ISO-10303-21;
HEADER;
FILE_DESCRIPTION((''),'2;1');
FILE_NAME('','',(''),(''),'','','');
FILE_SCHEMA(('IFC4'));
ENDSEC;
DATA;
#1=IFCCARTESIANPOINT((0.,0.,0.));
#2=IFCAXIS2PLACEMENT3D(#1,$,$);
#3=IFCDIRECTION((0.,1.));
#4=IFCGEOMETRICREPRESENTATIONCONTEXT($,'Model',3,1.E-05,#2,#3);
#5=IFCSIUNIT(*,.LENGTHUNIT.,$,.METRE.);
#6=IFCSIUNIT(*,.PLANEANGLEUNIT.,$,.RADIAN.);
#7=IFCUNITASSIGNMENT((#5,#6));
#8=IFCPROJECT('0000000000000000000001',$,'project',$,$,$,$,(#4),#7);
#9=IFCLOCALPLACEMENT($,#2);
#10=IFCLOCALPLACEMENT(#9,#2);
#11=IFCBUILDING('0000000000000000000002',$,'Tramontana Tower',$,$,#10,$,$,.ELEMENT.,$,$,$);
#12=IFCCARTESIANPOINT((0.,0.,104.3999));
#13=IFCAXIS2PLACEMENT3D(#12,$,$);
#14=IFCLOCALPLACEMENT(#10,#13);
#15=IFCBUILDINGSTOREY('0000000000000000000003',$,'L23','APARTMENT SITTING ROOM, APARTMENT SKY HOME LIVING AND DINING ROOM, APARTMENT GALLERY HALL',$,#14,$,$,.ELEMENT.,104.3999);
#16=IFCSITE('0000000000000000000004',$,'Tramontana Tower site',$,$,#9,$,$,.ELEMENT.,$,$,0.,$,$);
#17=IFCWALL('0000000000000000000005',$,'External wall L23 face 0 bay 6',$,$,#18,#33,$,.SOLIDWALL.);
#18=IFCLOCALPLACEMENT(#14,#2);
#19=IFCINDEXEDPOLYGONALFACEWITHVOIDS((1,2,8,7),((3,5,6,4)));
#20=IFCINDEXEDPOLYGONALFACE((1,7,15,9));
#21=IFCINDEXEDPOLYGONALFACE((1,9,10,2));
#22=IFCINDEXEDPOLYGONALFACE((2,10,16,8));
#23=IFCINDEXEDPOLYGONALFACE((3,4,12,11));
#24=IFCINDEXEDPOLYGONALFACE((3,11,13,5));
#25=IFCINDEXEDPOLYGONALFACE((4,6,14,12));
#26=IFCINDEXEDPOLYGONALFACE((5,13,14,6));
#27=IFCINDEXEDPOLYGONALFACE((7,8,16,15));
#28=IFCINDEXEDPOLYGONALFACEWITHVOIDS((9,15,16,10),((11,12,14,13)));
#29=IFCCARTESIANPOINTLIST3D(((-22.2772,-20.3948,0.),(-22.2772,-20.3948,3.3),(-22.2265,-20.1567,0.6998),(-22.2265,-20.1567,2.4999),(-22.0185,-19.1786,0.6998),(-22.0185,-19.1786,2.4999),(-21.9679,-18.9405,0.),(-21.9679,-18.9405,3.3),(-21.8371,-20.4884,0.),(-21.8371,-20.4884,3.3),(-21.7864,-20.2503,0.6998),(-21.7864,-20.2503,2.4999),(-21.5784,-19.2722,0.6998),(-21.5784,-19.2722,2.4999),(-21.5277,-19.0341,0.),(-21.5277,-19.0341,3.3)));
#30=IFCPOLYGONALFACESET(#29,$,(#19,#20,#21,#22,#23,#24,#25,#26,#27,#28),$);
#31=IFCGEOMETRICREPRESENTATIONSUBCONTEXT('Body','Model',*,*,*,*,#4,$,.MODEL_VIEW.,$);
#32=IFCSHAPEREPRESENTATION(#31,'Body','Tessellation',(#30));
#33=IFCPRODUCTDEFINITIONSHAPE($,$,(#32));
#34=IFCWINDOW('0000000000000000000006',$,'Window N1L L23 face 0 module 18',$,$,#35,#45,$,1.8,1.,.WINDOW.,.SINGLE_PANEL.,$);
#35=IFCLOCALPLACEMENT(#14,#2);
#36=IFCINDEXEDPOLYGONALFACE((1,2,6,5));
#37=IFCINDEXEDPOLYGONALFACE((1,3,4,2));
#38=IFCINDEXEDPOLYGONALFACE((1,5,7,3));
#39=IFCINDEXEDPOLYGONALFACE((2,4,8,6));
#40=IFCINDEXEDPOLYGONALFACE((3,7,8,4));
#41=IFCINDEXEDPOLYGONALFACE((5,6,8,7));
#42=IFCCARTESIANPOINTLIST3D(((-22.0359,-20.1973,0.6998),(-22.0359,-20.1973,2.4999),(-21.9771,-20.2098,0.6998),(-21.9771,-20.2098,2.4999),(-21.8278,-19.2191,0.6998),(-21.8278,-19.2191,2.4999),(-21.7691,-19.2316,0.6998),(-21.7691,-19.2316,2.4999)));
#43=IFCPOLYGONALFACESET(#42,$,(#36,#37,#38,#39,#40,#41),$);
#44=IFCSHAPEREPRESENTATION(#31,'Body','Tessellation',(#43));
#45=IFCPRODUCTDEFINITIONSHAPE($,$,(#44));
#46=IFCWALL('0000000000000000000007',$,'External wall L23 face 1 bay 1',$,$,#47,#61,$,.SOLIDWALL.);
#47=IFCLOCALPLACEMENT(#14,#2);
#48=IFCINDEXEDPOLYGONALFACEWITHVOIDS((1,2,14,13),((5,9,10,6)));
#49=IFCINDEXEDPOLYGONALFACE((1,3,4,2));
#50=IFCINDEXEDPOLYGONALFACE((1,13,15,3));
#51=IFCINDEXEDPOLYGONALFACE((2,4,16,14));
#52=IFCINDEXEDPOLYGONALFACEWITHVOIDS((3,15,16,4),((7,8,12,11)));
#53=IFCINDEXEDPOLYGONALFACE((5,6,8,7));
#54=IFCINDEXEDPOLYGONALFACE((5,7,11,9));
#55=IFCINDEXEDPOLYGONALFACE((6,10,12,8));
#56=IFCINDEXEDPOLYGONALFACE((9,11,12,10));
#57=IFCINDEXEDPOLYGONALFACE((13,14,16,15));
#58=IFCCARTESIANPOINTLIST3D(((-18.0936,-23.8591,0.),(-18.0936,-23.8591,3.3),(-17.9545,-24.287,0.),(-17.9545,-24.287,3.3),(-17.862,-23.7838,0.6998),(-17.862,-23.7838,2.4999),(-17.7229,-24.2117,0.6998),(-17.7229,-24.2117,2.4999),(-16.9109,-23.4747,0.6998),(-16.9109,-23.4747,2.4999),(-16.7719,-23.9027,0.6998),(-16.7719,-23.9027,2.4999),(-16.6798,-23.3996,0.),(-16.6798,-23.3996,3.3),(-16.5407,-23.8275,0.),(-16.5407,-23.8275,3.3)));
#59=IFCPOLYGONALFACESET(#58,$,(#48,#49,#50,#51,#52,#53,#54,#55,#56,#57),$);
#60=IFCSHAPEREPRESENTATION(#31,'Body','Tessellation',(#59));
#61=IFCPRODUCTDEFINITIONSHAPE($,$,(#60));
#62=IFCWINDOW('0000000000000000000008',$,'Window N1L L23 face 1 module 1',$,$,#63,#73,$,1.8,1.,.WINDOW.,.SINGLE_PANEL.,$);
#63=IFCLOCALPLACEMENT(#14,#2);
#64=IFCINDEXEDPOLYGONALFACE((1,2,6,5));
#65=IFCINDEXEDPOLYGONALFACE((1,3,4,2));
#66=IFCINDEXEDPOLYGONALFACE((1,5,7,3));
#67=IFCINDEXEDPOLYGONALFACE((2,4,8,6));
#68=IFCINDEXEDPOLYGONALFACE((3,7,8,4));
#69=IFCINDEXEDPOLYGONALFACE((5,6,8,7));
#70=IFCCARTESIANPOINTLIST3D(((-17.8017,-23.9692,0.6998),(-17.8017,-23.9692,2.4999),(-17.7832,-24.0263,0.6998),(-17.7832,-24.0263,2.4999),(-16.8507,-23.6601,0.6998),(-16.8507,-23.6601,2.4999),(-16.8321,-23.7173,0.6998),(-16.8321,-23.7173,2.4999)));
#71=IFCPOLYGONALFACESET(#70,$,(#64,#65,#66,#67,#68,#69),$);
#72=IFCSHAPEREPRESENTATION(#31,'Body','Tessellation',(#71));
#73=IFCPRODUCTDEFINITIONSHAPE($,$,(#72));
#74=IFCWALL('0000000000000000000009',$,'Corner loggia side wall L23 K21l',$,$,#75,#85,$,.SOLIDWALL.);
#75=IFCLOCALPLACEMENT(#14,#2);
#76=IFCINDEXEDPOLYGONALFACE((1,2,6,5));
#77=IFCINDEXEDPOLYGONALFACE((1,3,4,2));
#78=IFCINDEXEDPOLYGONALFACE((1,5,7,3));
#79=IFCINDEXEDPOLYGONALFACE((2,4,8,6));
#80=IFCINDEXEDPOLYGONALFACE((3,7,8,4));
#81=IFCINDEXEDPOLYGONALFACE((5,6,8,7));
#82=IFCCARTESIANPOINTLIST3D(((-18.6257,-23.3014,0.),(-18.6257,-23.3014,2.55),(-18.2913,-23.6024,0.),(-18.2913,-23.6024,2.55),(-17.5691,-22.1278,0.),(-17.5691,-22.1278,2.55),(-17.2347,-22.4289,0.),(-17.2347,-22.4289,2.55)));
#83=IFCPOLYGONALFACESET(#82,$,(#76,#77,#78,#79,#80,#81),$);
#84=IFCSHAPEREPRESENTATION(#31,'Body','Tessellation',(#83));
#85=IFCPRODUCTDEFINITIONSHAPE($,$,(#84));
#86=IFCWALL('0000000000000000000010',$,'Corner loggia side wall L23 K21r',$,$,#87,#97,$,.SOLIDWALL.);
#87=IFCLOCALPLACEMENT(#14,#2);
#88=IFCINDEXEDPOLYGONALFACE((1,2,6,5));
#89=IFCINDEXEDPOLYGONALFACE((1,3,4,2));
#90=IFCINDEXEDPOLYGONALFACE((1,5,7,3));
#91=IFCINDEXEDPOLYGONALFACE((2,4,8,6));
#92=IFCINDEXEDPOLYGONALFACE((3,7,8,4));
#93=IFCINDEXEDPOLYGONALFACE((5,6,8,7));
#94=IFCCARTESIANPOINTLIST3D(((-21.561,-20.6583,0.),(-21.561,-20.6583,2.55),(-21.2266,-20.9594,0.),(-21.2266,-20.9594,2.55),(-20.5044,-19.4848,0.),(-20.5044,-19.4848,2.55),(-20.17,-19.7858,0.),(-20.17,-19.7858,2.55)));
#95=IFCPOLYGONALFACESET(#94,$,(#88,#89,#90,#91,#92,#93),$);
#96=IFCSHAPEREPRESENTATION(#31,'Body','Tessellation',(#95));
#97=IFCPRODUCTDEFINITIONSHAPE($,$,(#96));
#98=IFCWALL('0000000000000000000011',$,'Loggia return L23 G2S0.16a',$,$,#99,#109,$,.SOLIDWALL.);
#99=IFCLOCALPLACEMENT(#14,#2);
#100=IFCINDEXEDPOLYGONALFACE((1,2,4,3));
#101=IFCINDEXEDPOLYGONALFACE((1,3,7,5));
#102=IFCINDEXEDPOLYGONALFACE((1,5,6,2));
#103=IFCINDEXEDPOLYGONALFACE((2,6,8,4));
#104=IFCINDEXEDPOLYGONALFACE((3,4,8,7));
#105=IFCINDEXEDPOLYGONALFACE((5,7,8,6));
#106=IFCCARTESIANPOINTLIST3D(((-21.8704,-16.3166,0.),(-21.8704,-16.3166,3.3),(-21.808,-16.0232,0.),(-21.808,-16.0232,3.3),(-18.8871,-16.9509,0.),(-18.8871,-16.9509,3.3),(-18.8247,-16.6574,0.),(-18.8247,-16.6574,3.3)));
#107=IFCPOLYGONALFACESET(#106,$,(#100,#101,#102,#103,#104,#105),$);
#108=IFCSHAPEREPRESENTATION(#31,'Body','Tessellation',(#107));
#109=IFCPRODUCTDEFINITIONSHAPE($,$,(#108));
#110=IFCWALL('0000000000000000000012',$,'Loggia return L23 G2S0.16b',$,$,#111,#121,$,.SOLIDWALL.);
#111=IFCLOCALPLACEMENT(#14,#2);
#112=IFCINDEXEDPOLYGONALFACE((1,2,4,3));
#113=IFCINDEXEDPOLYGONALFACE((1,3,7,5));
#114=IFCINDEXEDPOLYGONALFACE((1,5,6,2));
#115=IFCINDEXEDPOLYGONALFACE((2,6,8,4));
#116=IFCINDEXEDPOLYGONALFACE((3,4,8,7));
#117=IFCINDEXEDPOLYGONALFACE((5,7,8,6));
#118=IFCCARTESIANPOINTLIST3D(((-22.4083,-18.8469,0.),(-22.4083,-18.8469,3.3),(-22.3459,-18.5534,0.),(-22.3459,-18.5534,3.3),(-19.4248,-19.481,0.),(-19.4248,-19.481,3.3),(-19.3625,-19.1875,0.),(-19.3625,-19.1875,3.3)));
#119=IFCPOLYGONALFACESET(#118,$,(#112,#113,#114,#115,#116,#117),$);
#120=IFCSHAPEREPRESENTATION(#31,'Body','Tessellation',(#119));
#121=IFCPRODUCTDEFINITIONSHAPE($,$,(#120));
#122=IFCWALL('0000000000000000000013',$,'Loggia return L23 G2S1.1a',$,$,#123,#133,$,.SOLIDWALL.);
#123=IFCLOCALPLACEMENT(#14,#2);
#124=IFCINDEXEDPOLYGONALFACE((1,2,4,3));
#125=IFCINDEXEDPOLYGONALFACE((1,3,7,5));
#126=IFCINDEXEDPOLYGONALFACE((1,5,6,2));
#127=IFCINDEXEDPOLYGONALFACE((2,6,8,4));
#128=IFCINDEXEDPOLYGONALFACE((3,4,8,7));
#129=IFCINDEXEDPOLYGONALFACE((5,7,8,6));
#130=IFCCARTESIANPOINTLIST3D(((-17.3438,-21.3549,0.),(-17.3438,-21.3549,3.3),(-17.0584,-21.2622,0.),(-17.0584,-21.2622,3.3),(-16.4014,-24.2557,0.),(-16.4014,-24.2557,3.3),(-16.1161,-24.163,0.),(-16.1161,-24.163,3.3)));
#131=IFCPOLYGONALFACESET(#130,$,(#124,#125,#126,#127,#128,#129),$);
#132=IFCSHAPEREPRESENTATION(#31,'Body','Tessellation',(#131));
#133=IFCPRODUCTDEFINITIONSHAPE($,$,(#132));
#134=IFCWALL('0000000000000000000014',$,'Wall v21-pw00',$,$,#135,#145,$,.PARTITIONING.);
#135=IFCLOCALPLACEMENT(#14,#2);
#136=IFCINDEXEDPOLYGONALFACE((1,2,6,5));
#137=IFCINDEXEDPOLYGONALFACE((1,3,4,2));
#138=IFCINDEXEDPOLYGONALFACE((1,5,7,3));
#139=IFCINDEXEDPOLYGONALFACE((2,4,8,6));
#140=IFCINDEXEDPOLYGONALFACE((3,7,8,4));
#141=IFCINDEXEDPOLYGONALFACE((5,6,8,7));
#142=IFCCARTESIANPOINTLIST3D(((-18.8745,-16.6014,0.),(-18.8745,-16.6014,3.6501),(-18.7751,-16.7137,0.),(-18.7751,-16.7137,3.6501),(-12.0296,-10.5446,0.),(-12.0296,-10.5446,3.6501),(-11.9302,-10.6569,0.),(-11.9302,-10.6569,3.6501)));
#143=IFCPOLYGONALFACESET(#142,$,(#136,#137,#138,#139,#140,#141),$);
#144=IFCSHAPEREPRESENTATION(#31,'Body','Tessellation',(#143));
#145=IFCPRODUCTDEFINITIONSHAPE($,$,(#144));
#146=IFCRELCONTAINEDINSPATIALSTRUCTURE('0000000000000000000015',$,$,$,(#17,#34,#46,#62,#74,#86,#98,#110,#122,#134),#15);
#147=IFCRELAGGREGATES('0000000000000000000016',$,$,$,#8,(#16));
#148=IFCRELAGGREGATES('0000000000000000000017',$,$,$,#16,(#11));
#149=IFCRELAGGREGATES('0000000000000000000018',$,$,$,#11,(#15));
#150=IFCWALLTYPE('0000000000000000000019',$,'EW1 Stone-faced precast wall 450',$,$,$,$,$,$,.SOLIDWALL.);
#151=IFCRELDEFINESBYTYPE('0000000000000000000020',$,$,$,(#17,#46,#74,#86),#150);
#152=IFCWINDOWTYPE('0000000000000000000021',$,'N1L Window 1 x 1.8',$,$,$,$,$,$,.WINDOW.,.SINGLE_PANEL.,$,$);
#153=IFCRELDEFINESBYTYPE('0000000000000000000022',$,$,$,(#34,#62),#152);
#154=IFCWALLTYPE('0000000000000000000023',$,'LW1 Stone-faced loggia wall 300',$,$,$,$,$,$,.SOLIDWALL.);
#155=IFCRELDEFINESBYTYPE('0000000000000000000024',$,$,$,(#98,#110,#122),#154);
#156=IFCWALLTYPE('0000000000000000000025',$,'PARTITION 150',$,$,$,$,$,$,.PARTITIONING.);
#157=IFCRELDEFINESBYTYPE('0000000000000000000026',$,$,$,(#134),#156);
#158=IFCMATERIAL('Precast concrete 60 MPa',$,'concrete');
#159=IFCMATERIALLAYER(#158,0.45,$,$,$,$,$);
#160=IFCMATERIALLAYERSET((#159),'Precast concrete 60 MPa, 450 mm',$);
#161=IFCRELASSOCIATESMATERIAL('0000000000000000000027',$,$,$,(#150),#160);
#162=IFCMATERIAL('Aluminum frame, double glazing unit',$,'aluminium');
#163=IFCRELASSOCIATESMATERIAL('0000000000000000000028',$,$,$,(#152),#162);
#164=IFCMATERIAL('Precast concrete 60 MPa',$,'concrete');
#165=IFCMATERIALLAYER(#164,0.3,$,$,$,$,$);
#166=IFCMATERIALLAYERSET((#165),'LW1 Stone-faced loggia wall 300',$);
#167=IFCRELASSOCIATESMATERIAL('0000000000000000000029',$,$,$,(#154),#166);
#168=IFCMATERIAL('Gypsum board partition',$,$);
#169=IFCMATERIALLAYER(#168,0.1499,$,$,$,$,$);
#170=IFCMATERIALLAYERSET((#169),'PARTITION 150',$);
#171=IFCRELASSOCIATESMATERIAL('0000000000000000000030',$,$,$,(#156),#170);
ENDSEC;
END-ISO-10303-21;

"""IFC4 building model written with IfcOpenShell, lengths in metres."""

from ifc_helpers import new_model, si_unit, direction, frame, frame_2d, origin, place, context, subcontext, project, spatial, rectangle, extrude, material, layer, layer_set, type_object, element, fill, save


model = new_model("IFC4")

# Units and contexts
model_context = context("Model", 3, precision=1e-05, world=origin(), true_north=direction((0.0, 1.0)))
body_context = subcontext(model_context, "Body", "Model", "MODEL_VIEW")
ifc_project = project(units=[si_unit("LENGTHUNIT", "METRE"), si_unit("PLANEANGLEUNIT", "RADIAN")], contexts=[model_context])

# Site, building, storey
site_placement = place(None, origin())
site = spatial("IfcSite", under=ifc_project, at=site_placement, Name="Tramontana Tower site", CompositionType="ELEMENT", RefElevation=0.0)
building_placement = place(site_placement, origin())
building = spatial("IfcBuilding", under=site, at=building_placement, Name="Tramontana Tower", CompositionType="ELEMENT")
storey_placement = place(building_placement, frame((0.0, 0.0, 104.3999)))
storey = spatial("IfcBuildingStorey", under=building, at=storey_placement, Name="L23", Description="APARTMENT SITTING ROOM, APARTMENT SKY HOME LIVING AND DINING ROOM, APARTMENT GALLERY HALL", CompositionType="ELEMENT", Elevation=104.3999)

# Walls, openings, windows
ifc_material_1 = material(Name="Precast concrete 60 MPa", Category="concrete")
ifc_layer_1 = layer(ifc_material_1, 0.45)
ifc_layer_set_1 = layer_set([ifc_layer_1], Name="Precast concrete 60 MPa, 450 mm")
wall_type_1 = type_object("IfcWallType", Name="EW1 Stone-faced precast wall 450", PredefinedType="SOLIDWALL", material=ifc_layer_set_1)
wall_1_placement = place(storey_placement, frame((-21.7478, -18.9873, 0.0), z_axis=(0.0, 0.0, 1.0), x_axis=(-0.208037, -0.978121, 0.0)))
wall_1 = element("IfcWall", 1, at=wall_1_placement, inside=storey, type_object=wall_type_1, Name="External wall L23 face 0 bay 6", PredefinedType="SOLIDWALL", context=body_context, shape_type="SweptSolid", body=[
    extrude(rectangle(XDim=1.4868, YDim=0.45, at=frame_2d((0.7434, 0.0))), origin(), (0.0, 0.0, 1.0), 3.3),
])
opening_1_placement = place(wall_1_placement, frame((0.2434, 0.0, 0.7)))
opening_1 = element("IfcOpeningElement", 2, at=opening_1_placement, cuts=wall_1, PredefinedType="OPENING", context=body_context, shape_type="SweptSolid", body=[
    extrude(rectangle(XDim=1.0, YDim=1.8, at=frame_2d((0.5, 0.8999))), frame((0.0, 0.2349, 0.0), z_axis=(0.0, -1.0, 0.0), x_axis=(1.0, 0.0, 0.0)), (0.0, 0.0, 1.0), 0.47),
])
ifc_material_2 = material(Name="Aluminum frame, double glazing unit", Category="aluminium")
window_type_1 = type_object("IfcWindowType", Name="N1L Window 1 x 1.8", PartitioningType="SINGLE_PANEL", PredefinedType="WINDOW", material=ifc_material_2)
window_1_placement = place(opening_1_placement, origin())
window_1 = element("IfcWindow", 3, at=window_1_placement, inside=storey, type_object=window_type_1, Name="Window N1L L23 face 0 module 18", OverallHeight=1.8, OverallWidth=1.0, PartitioningType="SINGLE_PANEL", PredefinedType="WINDOW", context=body_context, shape_type="SweptSolid", body=[
    extrude(rectangle(XDim=1.0, YDim=1.8, at=frame_2d((0.5, 0.8999))), frame((0.0, 0.03, 0.0), z_axis=(0.0, -1.0, 0.0), x_axis=(1.0, 0.0, 0.0)), (0.0, 0.0, 1.0), 0.0601),
])
fill(opening_1, window_1)
wall_2_placement = place(storey_placement, frame((-18.0239, -24.073, 0.0), z_axis=(0.0, 0.0, 1.0), x_axis=(0.951038, 0.309075, 0.0)))
wall_2 = element("IfcWall", 4, at=wall_2_placement, inside=storey, type_object=wall_type_1, Name="External wall L23 face 1 bay 1", PredefinedType="SOLIDWALL", context=body_context, shape_type="SweptSolid", body=[
    extrude(rectangle(XDim=1.4866, YDim=0.45, at=frame_2d((0.7432, 0.0))), origin(), (0.0, 0.0, 1.0), 3.3),
])
opening_2_placement = place(wall_2_placement, frame((0.2434, 0.0, 0.7)))
opening_2 = element("IfcOpeningElement", 5, at=opening_2_placement, cuts=wall_2, PredefinedType="OPENING", context=body_context, shape_type="SweptSolid", body=[
    extrude(rectangle(XDim=1.0, YDim=1.8, at=frame_2d((0.5, 0.8999))), frame((0.0, 0.2349, 0.0), z_axis=(0.0, -1.0, 0.0), x_axis=(1.0, 0.0, 0.0)), (0.0, 0.0, 1.0), 0.47),
])
window_2_placement = place(opening_2_placement, origin())
window_2 = element("IfcWindow", 6, at=window_2_placement, inside=storey, type_object=window_type_1, Name="Window N1L L23 face 1 module 1", OverallHeight=1.8, OverallWidth=1.0, PartitioningType="SINGLE_PANEL", PredefinedType="WINDOW", context=body_context, shape_type="SweptSolid", body=[
    extrude(rectangle(XDim=1.0, YDim=1.8, at=frame_2d((0.5, 0.8999))), frame((0.0, 0.03, 0.0), z_axis=(0.0, -1.0, 0.0), x_axis=(1.0, 0.0, 0.0)), (0.0, 0.0, 1.0), 0.0601),
])
fill(opening_2, window_2)

# Walls
for number, where, z_axis, x_axis, name in (
    (7, (-18.4585, -23.4519, 0.0), (0.0, 0.0, 1.0), (0.66911, 0.743163, 0.0), "Corner loggia side wall L23 K21l"),
    (8, (-21.3938, -20.8088, 0.0), (0.0, 0.0, 1.0), (0.66911, 0.743163, 0.0), "Corner loggia side wall L23 K21r"),
):
    element("IfcWall", number, at=place(storey_placement, frame(where, z_axis=z_axis, x_axis=x_axis)), inside=storey, type_object=wall_type_1, Name=name, PredefinedType="SOLIDWALL", context=body_context, shape_type="SweptSolid", body=[
        extrude(rectangle(XDim=1.5791, YDim=0.45, at=frame_2d((0.7896, 0.0))), origin(), (0.0, 0.0, 1.0), 2.55),
    ])

# Shared definitions
ifc_material_3 = material(Name="Precast concrete 60 MPa", Category="concrete")
ifc_layer_2 = layer(ifc_material_3, 0.3)
ifc_layer_set_2 = layer_set([ifc_layer_2], Name="LW1 Stone-faced loggia wall 300")
wall_type_2 = type_object("IfcWallType", Name="LW1 Stone-faced loggia wall 300", PredefinedType="SOLIDWALL", material=ifc_layer_set_2)

# Walls
for number, where, z_axis, x_axis, name in (
    (9, (-21.8391, -16.1699, 0.0), (0.0, 0.0, 1.0), (0.978139, -0.207954, 0.0), "Loggia return L23 G2S0.16a"),
    (10, (-22.377, -18.7002, 0.0), (0.0, 0.0, 1.0), (0.978155, -0.207878, 0.0), "Loggia return L23 G2S0.16b"),
):
    element("IfcWall", number, at=place(storey_placement, frame(where, z_axis=z_axis, x_axis=x_axis)), inside=storey, type_object=wall_type_2, Name=name, PredefinedType="SOLIDWALL", context=body_context, shape_type="SweptSolid", body=[
        extrude(rectangle(XDim=3.05, YDim=0.3, at=frame_2d((1.5249, 0.0))), origin(), (0.0, 0.0, 1.0), 3.3),
    ])

# Walls
wall_3_placement = place(storey_placement, frame((-16.2588, -24.2092, 0.0), z_axis=(0.0, 0.0, 1.0), x_axis=(-0.308967, 0.951073, 0.0)))
element("IfcWall", 11, at=wall_3_placement, inside=storey, type_object=wall_type_2, Name="Loggia return L23 G2S1.1a", PredefinedType="SOLIDWALL", context=body_context, shape_type="SweptSolid", body=[
    extrude(rectangle(XDim=3.05, YDim=0.3, at=frame_2d((1.5249, 0.0))), origin(), (0.0, 0.0, 1.0), 3.3),
])
ifc_material_4 = material(Name="Gypsum board partition")
ifc_layer_3 = layer(ifc_material_4, 0.1499)
ifc_layer_set_3 = layer_set([ifc_layer_3], Name="PARTITION 150")
wall_type_3 = type_object("IfcWallType", Name="PARTITION 150", PredefinedType="PARTITIONING", material=ifc_layer_set_3)
wall_4_placement = place(storey_placement, frame((-18.8247, -16.6575, 0.0), z_axis=(0.0, 0.0, 1.0), x_axis=(0.748903, 0.662679, 0.0)))
element("IfcWall", 12, at=wall_4_placement, inside=storey, type_object=wall_type_3, Name="Wall v21-pw00", PredefinedType="PARTITIONING", context=body_context, shape_type="SweptSolid", body=[
    extrude(rectangle(XDim=9.1399, YDim=0.1499, at=frame_2d((4.5698, 0.0))), origin(), (0.0, 0.0, 1.0), 3.6501),
])

save(model, "model.ifc")
